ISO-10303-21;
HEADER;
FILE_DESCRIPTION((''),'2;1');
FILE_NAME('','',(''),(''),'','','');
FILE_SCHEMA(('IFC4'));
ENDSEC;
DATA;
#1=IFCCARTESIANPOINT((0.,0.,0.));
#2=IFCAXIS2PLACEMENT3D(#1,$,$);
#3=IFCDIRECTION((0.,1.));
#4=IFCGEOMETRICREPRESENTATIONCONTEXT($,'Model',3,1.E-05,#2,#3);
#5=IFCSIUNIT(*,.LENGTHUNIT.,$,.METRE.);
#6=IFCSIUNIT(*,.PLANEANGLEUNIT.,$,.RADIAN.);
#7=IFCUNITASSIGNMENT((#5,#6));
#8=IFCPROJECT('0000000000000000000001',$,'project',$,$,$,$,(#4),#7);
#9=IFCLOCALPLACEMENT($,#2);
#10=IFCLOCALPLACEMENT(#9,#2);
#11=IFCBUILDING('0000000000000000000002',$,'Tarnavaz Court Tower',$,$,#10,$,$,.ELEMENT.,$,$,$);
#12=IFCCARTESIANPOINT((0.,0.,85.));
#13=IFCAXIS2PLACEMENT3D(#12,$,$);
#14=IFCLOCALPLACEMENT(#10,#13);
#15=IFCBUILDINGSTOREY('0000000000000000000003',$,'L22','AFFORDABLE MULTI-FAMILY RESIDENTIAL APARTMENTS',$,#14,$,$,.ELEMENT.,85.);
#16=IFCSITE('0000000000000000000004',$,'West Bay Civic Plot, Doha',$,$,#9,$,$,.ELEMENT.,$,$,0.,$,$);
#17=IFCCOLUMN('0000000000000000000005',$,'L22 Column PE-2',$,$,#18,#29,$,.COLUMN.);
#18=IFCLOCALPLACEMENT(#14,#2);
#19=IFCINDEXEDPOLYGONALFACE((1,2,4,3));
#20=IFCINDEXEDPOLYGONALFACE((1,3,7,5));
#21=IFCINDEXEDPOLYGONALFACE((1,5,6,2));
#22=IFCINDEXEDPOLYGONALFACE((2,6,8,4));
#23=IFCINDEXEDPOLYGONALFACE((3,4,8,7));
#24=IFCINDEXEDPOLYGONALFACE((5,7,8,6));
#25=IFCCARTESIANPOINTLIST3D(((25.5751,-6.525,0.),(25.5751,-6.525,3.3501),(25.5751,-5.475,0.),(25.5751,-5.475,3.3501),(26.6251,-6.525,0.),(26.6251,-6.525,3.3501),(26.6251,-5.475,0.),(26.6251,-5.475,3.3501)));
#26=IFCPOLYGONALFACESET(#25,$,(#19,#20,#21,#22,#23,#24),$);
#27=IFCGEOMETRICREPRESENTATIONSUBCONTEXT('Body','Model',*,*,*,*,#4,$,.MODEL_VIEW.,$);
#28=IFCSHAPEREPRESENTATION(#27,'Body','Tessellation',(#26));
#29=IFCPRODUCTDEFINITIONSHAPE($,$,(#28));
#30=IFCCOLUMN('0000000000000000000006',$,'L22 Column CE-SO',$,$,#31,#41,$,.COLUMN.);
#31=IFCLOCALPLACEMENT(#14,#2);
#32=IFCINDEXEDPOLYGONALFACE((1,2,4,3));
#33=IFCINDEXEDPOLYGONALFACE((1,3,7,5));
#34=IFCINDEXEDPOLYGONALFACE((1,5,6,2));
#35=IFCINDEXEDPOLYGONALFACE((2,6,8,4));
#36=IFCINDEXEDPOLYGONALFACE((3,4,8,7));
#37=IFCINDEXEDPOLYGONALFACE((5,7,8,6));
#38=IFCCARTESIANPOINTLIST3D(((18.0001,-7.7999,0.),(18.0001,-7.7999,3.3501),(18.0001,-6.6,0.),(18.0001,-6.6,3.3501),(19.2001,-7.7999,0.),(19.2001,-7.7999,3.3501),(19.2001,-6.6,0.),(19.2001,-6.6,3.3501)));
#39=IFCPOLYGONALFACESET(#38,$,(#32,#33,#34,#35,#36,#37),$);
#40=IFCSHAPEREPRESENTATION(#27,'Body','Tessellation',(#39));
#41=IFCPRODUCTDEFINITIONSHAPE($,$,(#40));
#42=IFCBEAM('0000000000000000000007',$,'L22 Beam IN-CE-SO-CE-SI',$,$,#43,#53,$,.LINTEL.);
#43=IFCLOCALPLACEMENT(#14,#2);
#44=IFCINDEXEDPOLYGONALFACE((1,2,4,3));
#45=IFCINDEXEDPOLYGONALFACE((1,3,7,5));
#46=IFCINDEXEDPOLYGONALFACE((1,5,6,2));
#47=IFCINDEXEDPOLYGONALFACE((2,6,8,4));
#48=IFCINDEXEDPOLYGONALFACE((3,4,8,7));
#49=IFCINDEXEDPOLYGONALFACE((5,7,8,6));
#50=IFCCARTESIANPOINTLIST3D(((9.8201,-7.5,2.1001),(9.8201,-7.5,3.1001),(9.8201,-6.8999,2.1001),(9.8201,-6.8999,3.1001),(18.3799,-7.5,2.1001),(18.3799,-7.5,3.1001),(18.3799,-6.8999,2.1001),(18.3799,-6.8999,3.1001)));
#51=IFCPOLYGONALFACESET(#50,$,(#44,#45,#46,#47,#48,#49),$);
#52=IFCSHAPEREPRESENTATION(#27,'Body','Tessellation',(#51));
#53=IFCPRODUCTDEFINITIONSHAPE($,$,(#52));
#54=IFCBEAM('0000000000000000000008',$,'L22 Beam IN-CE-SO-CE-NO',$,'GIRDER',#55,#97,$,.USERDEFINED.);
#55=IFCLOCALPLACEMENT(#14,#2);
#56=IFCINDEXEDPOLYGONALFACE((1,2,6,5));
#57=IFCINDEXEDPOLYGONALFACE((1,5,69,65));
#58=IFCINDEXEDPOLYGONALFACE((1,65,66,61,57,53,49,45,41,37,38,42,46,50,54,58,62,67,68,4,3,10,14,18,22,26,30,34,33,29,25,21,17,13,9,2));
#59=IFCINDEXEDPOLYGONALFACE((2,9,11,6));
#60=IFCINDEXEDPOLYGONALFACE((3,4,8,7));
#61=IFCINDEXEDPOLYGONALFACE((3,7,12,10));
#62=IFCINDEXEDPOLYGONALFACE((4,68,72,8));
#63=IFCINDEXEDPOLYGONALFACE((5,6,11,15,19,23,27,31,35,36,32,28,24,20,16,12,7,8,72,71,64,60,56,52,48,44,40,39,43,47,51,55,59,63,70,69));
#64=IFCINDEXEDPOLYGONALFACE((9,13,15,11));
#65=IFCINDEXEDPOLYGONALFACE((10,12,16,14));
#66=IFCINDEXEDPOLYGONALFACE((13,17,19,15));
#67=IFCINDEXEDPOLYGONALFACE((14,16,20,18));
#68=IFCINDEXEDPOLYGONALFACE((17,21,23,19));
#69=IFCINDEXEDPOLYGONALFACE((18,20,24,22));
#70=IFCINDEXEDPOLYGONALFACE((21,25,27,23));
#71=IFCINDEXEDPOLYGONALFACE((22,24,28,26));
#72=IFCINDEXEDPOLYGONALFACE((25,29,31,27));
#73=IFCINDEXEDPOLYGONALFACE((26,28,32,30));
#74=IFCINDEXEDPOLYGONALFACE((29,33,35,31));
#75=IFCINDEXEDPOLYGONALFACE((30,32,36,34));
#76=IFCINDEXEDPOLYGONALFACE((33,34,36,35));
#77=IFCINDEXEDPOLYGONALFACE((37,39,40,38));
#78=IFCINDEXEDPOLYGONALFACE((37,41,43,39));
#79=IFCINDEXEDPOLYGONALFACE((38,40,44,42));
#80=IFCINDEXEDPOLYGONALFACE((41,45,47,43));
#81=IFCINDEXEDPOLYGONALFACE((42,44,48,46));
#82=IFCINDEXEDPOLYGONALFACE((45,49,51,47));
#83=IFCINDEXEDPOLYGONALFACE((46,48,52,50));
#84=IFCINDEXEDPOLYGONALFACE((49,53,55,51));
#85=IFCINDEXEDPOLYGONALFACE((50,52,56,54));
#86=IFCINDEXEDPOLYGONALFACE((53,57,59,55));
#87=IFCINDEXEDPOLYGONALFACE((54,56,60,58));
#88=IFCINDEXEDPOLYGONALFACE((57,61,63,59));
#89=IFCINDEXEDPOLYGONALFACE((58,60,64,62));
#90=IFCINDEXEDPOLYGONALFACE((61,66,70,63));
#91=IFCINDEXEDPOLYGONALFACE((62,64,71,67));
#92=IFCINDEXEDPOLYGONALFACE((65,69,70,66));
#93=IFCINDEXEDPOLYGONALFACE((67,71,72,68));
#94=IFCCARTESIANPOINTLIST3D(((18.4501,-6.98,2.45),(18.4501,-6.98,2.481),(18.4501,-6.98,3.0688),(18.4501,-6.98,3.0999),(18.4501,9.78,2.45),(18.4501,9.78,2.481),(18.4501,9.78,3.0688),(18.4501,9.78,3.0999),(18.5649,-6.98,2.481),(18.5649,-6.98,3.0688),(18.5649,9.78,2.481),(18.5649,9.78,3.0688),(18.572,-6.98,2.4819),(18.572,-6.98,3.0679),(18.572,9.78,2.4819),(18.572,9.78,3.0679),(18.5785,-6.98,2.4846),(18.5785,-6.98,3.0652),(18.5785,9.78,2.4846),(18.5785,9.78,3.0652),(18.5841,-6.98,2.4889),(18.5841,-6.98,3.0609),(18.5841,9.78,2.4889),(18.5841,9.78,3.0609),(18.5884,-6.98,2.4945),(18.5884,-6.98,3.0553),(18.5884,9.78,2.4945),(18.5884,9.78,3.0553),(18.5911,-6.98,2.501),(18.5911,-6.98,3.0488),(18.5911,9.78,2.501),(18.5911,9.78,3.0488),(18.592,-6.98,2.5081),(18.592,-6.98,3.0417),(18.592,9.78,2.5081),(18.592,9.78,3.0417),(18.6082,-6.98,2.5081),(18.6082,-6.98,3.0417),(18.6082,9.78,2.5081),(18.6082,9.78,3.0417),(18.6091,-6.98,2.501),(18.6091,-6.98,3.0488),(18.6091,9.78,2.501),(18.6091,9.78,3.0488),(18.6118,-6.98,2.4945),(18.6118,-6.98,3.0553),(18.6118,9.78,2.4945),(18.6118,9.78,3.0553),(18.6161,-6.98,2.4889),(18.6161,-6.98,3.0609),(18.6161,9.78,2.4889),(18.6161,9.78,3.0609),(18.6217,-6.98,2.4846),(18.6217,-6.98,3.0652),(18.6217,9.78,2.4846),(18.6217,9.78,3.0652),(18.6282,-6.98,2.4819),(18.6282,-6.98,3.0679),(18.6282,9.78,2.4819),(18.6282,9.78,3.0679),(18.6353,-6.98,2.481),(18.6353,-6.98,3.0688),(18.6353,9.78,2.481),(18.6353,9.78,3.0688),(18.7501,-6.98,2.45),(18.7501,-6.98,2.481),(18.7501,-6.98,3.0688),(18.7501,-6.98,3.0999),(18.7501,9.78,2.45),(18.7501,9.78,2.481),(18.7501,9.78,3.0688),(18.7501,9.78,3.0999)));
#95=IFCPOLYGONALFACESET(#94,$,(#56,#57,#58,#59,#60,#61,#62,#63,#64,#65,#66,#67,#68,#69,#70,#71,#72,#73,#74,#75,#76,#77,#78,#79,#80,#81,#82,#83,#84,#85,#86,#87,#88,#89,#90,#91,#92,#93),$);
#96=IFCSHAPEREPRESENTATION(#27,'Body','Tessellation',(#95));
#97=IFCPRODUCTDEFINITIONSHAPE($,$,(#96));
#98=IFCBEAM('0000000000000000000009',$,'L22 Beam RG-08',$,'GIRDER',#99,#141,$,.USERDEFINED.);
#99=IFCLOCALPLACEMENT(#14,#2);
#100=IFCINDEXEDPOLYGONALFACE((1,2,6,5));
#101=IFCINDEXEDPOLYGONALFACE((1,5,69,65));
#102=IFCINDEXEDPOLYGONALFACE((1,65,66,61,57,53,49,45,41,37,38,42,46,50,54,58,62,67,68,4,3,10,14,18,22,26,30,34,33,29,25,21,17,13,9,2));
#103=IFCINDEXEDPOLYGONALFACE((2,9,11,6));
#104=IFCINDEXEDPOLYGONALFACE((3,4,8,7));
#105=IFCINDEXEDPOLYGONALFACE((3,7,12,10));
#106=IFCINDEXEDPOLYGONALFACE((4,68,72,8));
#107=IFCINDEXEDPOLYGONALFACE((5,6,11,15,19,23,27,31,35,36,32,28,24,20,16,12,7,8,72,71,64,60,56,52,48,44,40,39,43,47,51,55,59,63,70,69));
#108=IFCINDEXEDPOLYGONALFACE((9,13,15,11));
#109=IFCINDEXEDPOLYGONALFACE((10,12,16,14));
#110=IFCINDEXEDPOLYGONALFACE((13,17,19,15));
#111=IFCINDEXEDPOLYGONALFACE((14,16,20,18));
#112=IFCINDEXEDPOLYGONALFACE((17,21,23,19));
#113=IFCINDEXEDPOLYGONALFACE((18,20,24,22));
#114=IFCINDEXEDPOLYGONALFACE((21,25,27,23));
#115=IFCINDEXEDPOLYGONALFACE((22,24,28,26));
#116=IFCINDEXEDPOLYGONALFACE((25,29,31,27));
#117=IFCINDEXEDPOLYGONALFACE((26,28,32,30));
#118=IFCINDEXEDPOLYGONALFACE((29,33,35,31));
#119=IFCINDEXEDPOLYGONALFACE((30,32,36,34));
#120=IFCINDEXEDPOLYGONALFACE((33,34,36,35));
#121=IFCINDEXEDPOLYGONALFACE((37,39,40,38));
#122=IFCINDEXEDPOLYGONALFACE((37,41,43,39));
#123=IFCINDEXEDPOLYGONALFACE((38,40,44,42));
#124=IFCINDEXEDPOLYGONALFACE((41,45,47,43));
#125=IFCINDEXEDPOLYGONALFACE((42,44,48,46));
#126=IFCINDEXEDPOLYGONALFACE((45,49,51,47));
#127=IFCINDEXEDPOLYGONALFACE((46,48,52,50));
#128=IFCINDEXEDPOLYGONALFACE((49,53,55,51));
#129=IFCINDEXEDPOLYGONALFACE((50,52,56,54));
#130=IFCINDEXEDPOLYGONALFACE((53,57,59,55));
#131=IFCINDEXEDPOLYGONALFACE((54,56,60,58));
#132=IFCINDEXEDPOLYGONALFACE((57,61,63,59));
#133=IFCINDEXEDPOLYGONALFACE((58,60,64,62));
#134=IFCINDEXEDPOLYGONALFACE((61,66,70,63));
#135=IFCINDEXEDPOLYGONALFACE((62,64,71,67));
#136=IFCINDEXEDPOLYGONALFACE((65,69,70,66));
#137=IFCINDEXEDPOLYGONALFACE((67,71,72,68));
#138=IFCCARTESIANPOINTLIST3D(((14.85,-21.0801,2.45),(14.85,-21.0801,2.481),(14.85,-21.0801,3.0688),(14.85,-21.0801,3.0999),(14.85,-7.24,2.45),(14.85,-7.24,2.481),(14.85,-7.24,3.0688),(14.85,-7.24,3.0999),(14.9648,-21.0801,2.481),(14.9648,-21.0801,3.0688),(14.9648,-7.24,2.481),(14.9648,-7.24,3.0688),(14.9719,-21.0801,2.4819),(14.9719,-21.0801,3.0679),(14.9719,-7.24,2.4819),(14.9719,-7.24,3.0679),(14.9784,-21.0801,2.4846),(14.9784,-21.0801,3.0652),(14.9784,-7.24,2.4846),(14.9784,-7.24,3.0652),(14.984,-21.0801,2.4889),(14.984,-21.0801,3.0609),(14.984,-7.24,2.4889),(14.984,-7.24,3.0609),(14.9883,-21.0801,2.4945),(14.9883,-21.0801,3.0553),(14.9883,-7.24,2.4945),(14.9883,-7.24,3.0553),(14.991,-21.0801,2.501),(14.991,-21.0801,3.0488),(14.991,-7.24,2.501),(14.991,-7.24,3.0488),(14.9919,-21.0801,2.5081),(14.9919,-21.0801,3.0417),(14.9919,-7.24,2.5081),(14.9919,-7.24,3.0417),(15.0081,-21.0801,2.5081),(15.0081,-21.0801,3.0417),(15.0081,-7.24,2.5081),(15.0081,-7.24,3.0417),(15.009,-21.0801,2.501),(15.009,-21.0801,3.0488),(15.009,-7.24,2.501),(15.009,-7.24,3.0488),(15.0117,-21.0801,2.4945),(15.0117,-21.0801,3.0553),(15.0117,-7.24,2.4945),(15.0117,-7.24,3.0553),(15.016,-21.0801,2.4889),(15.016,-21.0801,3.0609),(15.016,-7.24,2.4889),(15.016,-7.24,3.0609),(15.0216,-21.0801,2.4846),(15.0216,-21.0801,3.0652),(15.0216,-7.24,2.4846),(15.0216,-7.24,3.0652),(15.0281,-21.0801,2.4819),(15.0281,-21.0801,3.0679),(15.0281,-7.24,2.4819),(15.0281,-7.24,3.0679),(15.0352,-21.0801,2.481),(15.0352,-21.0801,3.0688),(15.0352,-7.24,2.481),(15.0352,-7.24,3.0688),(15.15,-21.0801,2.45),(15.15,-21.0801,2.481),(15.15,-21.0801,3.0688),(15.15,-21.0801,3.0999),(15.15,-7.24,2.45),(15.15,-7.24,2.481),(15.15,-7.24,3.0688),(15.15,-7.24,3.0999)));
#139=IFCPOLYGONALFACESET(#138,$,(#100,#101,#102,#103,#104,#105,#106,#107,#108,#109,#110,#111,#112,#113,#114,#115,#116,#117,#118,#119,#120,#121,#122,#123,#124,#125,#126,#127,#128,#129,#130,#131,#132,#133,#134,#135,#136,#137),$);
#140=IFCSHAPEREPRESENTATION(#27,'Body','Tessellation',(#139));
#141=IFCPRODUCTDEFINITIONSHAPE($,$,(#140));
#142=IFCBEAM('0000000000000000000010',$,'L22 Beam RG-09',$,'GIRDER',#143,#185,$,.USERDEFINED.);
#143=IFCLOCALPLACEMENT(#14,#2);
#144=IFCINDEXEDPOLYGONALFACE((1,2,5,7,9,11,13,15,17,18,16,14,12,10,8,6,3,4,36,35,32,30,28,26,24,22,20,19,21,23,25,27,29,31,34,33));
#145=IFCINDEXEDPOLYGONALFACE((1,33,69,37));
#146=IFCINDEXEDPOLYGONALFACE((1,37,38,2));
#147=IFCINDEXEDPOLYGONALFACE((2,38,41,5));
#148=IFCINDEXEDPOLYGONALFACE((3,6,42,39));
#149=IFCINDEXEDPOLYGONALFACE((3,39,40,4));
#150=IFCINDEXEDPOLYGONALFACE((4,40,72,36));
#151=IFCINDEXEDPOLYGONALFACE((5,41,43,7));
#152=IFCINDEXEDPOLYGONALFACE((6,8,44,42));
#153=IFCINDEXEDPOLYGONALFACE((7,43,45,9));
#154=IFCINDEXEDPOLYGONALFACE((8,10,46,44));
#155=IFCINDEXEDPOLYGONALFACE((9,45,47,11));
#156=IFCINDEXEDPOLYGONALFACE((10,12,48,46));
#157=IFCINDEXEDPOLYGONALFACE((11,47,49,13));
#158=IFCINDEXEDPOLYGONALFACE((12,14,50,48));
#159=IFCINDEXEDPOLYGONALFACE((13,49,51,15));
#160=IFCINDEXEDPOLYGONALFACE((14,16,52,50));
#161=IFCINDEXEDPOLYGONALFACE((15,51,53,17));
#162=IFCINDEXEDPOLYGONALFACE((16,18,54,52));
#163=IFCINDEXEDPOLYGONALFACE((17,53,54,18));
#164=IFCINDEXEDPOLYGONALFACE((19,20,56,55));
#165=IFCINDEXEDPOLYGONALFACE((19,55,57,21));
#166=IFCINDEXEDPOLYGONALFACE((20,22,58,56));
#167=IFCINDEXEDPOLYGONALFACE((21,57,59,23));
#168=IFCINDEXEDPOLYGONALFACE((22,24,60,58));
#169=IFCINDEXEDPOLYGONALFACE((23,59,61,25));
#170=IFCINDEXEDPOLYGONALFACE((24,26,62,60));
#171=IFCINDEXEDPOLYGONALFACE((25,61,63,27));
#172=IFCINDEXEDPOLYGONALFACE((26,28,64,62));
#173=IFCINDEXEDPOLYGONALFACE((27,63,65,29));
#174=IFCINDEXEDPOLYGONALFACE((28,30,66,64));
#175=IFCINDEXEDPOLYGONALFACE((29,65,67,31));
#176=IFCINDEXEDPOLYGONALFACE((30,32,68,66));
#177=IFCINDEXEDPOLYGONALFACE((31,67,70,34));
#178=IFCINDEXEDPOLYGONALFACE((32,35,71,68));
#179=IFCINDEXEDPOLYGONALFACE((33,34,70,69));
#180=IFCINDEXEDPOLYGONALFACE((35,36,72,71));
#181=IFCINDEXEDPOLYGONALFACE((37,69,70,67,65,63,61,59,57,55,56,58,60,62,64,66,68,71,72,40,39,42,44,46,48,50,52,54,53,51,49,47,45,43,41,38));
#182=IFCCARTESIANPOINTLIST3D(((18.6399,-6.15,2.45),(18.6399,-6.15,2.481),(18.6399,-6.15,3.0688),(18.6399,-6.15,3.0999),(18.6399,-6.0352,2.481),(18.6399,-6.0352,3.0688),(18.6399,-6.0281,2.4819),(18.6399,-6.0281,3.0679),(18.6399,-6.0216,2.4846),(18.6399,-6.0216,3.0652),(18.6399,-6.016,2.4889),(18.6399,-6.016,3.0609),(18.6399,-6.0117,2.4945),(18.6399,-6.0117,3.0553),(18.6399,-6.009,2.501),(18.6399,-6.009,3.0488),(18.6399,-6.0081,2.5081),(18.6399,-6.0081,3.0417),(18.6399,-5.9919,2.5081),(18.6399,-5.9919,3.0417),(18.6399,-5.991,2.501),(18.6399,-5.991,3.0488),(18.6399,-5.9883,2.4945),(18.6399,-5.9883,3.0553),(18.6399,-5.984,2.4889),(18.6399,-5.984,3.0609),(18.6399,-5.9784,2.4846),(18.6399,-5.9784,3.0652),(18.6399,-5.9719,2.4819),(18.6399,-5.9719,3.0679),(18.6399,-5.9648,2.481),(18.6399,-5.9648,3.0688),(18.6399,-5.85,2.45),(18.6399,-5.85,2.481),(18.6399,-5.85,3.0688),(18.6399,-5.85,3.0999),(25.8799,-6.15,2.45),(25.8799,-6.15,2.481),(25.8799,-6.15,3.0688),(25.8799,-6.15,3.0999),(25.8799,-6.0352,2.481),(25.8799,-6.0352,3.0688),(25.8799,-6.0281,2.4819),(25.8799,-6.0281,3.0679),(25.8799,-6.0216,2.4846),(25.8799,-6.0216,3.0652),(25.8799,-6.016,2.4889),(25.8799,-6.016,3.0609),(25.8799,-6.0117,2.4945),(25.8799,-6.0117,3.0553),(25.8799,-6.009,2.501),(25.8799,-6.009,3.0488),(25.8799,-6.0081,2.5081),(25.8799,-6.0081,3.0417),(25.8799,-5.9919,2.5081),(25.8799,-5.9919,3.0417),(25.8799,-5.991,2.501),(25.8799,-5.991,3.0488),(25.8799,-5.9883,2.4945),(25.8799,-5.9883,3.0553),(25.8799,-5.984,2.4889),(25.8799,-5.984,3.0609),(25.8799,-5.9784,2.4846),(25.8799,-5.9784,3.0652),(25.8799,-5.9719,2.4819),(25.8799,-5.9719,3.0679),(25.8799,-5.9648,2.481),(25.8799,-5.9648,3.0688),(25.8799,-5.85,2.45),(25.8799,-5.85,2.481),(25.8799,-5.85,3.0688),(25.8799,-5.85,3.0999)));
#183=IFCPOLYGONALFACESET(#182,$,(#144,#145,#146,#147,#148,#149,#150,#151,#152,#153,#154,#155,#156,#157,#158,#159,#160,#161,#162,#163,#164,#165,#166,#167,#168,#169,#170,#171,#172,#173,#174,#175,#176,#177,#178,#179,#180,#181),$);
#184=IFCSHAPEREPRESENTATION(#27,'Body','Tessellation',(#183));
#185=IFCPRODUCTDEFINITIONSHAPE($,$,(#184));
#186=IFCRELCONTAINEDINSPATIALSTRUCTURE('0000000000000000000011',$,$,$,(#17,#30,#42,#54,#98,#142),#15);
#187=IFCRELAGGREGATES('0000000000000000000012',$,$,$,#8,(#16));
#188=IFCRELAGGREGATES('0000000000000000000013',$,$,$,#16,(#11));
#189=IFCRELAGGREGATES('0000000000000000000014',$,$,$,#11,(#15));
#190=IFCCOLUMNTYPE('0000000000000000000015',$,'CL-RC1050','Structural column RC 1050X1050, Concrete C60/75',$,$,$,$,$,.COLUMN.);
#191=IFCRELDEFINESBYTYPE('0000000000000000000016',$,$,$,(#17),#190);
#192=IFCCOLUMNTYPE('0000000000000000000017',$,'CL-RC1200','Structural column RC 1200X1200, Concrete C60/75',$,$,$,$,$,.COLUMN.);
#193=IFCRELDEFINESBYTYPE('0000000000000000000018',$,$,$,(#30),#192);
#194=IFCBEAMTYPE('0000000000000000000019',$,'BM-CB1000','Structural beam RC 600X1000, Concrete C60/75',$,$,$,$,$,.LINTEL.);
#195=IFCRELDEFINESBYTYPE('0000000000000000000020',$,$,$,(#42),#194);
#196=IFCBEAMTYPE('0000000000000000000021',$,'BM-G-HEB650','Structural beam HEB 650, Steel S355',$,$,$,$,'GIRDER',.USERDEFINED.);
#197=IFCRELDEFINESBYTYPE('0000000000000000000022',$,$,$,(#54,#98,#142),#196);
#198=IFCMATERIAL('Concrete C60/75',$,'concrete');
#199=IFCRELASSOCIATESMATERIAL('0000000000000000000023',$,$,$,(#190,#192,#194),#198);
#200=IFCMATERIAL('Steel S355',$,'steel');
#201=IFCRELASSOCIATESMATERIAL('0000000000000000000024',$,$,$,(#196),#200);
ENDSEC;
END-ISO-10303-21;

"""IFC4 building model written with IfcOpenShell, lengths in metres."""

from ifc_helpers import new_model, si_unit, direction, frame, origin, origin_2d, place, context, subcontext, project, spatial, rectangle, i_section, extrude, material, material_profile, profile_set, type_object, element, save


model = new_model("IFC4")

# Units and contexts
model_context = context("Model", 3, precision=1e-05, world=origin(), true_north=direction((0.0, 1.0)))
body_context = subcontext(model_context, "Body", "Model", "MODEL_VIEW")
ifc_project = project(units=[si_unit("LENGTHUNIT", "METRE"), si_unit("PLANEANGLEUNIT", "RADIAN")], contexts=[model_context])

# Site, building, storey
site_placement = place(None, origin())
site = spatial("IfcSite", under=ifc_project, at=site_placement, Name="West Bay Civic Plot, Doha", CompositionType="ELEMENT", RefElevation=0.0)
building_placement = place(site_placement, origin())
building = spatial("IfcBuilding", under=site, at=building_placement, Name="Tarnavaz Court Tower", CompositionType="ELEMENT")
storey_placement = place(building_placement, frame((0.0, 0.0, 85.0)))
storey = spatial("IfcBuildingStorey", under=building, at=storey_placement, Name="L22", Description="AFFORDABLE MULTI-FAMILY RESIDENTIAL APARTMENTS", CompositionType="ELEMENT", Elevation=85.0)

# Columns
ifc_material_1 = material(Name="Concrete C60/75", Category="concrete")
ifc_material_profile_1 = material_profile(ifc_material_1, rectangle(XDim=1.05, YDim=1.05, at=origin_2d()), Name="RC 1050X1050")
ifc_profile_set_1 = profile_set([ifc_material_profile_1], Name="Concrete C60/75")
column_type_1 = type_object("IfcColumnType", Name="CL-RC1050", Description="Structural column RC 1050X1050, Concrete C60/75", PredefinedType="COLUMN", material=ifc_profile_set_1)
column_1_placement = place(storey_placement, frame((26.1001, -6.0, 0.0), z_axis=(0.0, 0.0, 1.0), x_axis=(1.0, 0.0, 0.0)))
element("IfcColumn", 1, at=column_1_placement, inside=storey, type_object=column_type_1, Name="L22 Column PE-2", PredefinedType="COLUMN", context=body_context, shape_type="SweptSolid", body=[
    extrude(rectangle(XDim=1.05, YDim=1.05, at=origin_2d()), origin(), (0.0, 0.0, 1.0), 3.3501),
])
ifc_material_profile_2 = material_profile(ifc_material_1, rectangle(XDim=1.2, YDim=1.2, at=origin_2d()), Name="RC 1200X1200")
ifc_profile_set_2 = profile_set([ifc_material_profile_2], Name="Concrete C60/75")
column_type_2 = type_object("IfcColumnType", Name="CL-RC1200", Description="Structural column RC 1200X1200, Concrete C60/75", PredefinedType="COLUMN", material=ifc_profile_set_2)
column_2_placement = place(storey_placement, frame((18.6001, -7.2, 0.0), z_axis=(0.0, 0.0, 1.0), x_axis=(1.0, 0.0, 0.0)))
element("IfcColumn", 2, at=column_2_placement, inside=storey, type_object=column_type_2, Name="L22 Column CE-SO", PredefinedType="COLUMN", context=body_context, shape_type="SweptSolid", body=[
    extrude(rectangle(XDim=1.2, YDim=1.2, at=origin_2d()), origin(), (0.0, 0.0, 1.0), 3.3501),
])

# Beams
ifc_material_profile_3 = material_profile(ifc_material_1, rectangle(XDim=0.6001, YDim=1.0, at=origin_2d()), Name="RC 600X1000")
ifc_profile_set_3 = profile_set([ifc_material_profile_3], Name="Concrete C60/75")
beam_type_1 = type_object("IfcBeamType", Name="BM-CB1000", Description="Structural beam RC 600X1000, Concrete C60/75", PredefinedType="LINTEL", material=ifc_profile_set_3)
beam_1_placement = place(storey_placement, frame((18.3799, -7.2, 2.6001), z_axis=(-1.0, 0.0, 0.0), x_axis=(0.0, -1.0, 0.0)))
element("IfcBeam", 3, at=beam_1_placement, inside=storey, type_object=beam_type_1, Name="L22 Beam IN-CE-SO-CE-SI", PredefinedType="LINTEL", context=body_context, shape_type="SweptSolid", body=[
    extrude(rectangle(XDim=0.6001, YDim=1.0, at=origin_2d()), origin(), (0.0, 0.0, 1.0), 8.5598),
])
ifc_material_2 = material(Name="Steel S355", Category="steel")
ifc_material_profile_4 = material_profile(ifc_material_2, i_section(OverallWidth=0.3, OverallDepth=0.6499, WebThickness=0.0161, FlangeThickness=0.031, FilletRadius=0.0271, at=origin_2d()), Name="HEB 650")
ifc_profile_set_4 = profile_set([ifc_material_profile_4], Name="Steel S355")
beam_type_2 = type_object("IfcBeamType", Name="BM-G-HEB650", Description="Structural beam HEB 650, Steel S355", ElementType="GIRDER", PredefinedType="USERDEFINED", material=ifc_profile_set_4)
beam_2_placement = place(storey_placement, frame((18.6001, -6.98, 2.7749), z_axis=(0.0, 1.0, 0.0), x_axis=(-1.0, 0.0, 0.0)))
element("IfcBeam", 4, at=beam_2_placement, inside=storey, type_object=beam_type_2, Name="L22 Beam IN-CE-SO-CE-NO", ObjectType="GIRDER", PredefinedType="USERDEFINED", context=body_context, shape_type="SweptSolid", body=[
    extrude(i_section(OverallWidth=0.3, OverallDepth=0.6499, WebThickness=0.0161, FlangeThickness=0.031, FilletRadius=0.0271, at=origin_2d()), origin(), (0.0, 0.0, 1.0), 16.76),
])
beam_3_placement = place(storey_placement, frame((15.0, -7.24, 2.7749), z_axis=(0.0, -1.0, 0.0), x_axis=(1.0, 0.0, 0.0)))
element("IfcBeam", 5, at=beam_3_placement, inside=storey, type_object=beam_type_2, Name="L22 Beam RG-08", ObjectType="GIRDER", PredefinedType="USERDEFINED", context=body_context, shape_type="SweptSolid", body=[
    extrude(i_section(OverallWidth=0.3, OverallDepth=0.6499, WebThickness=0.0161, FlangeThickness=0.031, FilletRadius=0.0271, at=origin_2d()), origin(), (0.0, 0.0, 1.0), 13.8401),
])
beam_4_placement = place(storey_placement, frame((18.6399, -6.0, 2.7749), z_axis=(1.0, 0.0, 0.0), x_axis=(0.0, 1.0, 0.0)))
element("IfcBeam", 6, at=beam_4_placement, inside=storey, type_object=beam_type_2, Name="L22 Beam RG-09", ObjectType="GIRDER", PredefinedType="USERDEFINED", context=body_context, shape_type="SweptSolid", body=[
    extrude(i_section(OverallWidth=0.3, OverallDepth=0.6499, WebThickness=0.0161, FlangeThickness=0.031, FilletRadius=0.0271, at=origin_2d()), origin(), (0.0, 0.0, 1.0), 7.24),
])

save(model, "model.ifc")
